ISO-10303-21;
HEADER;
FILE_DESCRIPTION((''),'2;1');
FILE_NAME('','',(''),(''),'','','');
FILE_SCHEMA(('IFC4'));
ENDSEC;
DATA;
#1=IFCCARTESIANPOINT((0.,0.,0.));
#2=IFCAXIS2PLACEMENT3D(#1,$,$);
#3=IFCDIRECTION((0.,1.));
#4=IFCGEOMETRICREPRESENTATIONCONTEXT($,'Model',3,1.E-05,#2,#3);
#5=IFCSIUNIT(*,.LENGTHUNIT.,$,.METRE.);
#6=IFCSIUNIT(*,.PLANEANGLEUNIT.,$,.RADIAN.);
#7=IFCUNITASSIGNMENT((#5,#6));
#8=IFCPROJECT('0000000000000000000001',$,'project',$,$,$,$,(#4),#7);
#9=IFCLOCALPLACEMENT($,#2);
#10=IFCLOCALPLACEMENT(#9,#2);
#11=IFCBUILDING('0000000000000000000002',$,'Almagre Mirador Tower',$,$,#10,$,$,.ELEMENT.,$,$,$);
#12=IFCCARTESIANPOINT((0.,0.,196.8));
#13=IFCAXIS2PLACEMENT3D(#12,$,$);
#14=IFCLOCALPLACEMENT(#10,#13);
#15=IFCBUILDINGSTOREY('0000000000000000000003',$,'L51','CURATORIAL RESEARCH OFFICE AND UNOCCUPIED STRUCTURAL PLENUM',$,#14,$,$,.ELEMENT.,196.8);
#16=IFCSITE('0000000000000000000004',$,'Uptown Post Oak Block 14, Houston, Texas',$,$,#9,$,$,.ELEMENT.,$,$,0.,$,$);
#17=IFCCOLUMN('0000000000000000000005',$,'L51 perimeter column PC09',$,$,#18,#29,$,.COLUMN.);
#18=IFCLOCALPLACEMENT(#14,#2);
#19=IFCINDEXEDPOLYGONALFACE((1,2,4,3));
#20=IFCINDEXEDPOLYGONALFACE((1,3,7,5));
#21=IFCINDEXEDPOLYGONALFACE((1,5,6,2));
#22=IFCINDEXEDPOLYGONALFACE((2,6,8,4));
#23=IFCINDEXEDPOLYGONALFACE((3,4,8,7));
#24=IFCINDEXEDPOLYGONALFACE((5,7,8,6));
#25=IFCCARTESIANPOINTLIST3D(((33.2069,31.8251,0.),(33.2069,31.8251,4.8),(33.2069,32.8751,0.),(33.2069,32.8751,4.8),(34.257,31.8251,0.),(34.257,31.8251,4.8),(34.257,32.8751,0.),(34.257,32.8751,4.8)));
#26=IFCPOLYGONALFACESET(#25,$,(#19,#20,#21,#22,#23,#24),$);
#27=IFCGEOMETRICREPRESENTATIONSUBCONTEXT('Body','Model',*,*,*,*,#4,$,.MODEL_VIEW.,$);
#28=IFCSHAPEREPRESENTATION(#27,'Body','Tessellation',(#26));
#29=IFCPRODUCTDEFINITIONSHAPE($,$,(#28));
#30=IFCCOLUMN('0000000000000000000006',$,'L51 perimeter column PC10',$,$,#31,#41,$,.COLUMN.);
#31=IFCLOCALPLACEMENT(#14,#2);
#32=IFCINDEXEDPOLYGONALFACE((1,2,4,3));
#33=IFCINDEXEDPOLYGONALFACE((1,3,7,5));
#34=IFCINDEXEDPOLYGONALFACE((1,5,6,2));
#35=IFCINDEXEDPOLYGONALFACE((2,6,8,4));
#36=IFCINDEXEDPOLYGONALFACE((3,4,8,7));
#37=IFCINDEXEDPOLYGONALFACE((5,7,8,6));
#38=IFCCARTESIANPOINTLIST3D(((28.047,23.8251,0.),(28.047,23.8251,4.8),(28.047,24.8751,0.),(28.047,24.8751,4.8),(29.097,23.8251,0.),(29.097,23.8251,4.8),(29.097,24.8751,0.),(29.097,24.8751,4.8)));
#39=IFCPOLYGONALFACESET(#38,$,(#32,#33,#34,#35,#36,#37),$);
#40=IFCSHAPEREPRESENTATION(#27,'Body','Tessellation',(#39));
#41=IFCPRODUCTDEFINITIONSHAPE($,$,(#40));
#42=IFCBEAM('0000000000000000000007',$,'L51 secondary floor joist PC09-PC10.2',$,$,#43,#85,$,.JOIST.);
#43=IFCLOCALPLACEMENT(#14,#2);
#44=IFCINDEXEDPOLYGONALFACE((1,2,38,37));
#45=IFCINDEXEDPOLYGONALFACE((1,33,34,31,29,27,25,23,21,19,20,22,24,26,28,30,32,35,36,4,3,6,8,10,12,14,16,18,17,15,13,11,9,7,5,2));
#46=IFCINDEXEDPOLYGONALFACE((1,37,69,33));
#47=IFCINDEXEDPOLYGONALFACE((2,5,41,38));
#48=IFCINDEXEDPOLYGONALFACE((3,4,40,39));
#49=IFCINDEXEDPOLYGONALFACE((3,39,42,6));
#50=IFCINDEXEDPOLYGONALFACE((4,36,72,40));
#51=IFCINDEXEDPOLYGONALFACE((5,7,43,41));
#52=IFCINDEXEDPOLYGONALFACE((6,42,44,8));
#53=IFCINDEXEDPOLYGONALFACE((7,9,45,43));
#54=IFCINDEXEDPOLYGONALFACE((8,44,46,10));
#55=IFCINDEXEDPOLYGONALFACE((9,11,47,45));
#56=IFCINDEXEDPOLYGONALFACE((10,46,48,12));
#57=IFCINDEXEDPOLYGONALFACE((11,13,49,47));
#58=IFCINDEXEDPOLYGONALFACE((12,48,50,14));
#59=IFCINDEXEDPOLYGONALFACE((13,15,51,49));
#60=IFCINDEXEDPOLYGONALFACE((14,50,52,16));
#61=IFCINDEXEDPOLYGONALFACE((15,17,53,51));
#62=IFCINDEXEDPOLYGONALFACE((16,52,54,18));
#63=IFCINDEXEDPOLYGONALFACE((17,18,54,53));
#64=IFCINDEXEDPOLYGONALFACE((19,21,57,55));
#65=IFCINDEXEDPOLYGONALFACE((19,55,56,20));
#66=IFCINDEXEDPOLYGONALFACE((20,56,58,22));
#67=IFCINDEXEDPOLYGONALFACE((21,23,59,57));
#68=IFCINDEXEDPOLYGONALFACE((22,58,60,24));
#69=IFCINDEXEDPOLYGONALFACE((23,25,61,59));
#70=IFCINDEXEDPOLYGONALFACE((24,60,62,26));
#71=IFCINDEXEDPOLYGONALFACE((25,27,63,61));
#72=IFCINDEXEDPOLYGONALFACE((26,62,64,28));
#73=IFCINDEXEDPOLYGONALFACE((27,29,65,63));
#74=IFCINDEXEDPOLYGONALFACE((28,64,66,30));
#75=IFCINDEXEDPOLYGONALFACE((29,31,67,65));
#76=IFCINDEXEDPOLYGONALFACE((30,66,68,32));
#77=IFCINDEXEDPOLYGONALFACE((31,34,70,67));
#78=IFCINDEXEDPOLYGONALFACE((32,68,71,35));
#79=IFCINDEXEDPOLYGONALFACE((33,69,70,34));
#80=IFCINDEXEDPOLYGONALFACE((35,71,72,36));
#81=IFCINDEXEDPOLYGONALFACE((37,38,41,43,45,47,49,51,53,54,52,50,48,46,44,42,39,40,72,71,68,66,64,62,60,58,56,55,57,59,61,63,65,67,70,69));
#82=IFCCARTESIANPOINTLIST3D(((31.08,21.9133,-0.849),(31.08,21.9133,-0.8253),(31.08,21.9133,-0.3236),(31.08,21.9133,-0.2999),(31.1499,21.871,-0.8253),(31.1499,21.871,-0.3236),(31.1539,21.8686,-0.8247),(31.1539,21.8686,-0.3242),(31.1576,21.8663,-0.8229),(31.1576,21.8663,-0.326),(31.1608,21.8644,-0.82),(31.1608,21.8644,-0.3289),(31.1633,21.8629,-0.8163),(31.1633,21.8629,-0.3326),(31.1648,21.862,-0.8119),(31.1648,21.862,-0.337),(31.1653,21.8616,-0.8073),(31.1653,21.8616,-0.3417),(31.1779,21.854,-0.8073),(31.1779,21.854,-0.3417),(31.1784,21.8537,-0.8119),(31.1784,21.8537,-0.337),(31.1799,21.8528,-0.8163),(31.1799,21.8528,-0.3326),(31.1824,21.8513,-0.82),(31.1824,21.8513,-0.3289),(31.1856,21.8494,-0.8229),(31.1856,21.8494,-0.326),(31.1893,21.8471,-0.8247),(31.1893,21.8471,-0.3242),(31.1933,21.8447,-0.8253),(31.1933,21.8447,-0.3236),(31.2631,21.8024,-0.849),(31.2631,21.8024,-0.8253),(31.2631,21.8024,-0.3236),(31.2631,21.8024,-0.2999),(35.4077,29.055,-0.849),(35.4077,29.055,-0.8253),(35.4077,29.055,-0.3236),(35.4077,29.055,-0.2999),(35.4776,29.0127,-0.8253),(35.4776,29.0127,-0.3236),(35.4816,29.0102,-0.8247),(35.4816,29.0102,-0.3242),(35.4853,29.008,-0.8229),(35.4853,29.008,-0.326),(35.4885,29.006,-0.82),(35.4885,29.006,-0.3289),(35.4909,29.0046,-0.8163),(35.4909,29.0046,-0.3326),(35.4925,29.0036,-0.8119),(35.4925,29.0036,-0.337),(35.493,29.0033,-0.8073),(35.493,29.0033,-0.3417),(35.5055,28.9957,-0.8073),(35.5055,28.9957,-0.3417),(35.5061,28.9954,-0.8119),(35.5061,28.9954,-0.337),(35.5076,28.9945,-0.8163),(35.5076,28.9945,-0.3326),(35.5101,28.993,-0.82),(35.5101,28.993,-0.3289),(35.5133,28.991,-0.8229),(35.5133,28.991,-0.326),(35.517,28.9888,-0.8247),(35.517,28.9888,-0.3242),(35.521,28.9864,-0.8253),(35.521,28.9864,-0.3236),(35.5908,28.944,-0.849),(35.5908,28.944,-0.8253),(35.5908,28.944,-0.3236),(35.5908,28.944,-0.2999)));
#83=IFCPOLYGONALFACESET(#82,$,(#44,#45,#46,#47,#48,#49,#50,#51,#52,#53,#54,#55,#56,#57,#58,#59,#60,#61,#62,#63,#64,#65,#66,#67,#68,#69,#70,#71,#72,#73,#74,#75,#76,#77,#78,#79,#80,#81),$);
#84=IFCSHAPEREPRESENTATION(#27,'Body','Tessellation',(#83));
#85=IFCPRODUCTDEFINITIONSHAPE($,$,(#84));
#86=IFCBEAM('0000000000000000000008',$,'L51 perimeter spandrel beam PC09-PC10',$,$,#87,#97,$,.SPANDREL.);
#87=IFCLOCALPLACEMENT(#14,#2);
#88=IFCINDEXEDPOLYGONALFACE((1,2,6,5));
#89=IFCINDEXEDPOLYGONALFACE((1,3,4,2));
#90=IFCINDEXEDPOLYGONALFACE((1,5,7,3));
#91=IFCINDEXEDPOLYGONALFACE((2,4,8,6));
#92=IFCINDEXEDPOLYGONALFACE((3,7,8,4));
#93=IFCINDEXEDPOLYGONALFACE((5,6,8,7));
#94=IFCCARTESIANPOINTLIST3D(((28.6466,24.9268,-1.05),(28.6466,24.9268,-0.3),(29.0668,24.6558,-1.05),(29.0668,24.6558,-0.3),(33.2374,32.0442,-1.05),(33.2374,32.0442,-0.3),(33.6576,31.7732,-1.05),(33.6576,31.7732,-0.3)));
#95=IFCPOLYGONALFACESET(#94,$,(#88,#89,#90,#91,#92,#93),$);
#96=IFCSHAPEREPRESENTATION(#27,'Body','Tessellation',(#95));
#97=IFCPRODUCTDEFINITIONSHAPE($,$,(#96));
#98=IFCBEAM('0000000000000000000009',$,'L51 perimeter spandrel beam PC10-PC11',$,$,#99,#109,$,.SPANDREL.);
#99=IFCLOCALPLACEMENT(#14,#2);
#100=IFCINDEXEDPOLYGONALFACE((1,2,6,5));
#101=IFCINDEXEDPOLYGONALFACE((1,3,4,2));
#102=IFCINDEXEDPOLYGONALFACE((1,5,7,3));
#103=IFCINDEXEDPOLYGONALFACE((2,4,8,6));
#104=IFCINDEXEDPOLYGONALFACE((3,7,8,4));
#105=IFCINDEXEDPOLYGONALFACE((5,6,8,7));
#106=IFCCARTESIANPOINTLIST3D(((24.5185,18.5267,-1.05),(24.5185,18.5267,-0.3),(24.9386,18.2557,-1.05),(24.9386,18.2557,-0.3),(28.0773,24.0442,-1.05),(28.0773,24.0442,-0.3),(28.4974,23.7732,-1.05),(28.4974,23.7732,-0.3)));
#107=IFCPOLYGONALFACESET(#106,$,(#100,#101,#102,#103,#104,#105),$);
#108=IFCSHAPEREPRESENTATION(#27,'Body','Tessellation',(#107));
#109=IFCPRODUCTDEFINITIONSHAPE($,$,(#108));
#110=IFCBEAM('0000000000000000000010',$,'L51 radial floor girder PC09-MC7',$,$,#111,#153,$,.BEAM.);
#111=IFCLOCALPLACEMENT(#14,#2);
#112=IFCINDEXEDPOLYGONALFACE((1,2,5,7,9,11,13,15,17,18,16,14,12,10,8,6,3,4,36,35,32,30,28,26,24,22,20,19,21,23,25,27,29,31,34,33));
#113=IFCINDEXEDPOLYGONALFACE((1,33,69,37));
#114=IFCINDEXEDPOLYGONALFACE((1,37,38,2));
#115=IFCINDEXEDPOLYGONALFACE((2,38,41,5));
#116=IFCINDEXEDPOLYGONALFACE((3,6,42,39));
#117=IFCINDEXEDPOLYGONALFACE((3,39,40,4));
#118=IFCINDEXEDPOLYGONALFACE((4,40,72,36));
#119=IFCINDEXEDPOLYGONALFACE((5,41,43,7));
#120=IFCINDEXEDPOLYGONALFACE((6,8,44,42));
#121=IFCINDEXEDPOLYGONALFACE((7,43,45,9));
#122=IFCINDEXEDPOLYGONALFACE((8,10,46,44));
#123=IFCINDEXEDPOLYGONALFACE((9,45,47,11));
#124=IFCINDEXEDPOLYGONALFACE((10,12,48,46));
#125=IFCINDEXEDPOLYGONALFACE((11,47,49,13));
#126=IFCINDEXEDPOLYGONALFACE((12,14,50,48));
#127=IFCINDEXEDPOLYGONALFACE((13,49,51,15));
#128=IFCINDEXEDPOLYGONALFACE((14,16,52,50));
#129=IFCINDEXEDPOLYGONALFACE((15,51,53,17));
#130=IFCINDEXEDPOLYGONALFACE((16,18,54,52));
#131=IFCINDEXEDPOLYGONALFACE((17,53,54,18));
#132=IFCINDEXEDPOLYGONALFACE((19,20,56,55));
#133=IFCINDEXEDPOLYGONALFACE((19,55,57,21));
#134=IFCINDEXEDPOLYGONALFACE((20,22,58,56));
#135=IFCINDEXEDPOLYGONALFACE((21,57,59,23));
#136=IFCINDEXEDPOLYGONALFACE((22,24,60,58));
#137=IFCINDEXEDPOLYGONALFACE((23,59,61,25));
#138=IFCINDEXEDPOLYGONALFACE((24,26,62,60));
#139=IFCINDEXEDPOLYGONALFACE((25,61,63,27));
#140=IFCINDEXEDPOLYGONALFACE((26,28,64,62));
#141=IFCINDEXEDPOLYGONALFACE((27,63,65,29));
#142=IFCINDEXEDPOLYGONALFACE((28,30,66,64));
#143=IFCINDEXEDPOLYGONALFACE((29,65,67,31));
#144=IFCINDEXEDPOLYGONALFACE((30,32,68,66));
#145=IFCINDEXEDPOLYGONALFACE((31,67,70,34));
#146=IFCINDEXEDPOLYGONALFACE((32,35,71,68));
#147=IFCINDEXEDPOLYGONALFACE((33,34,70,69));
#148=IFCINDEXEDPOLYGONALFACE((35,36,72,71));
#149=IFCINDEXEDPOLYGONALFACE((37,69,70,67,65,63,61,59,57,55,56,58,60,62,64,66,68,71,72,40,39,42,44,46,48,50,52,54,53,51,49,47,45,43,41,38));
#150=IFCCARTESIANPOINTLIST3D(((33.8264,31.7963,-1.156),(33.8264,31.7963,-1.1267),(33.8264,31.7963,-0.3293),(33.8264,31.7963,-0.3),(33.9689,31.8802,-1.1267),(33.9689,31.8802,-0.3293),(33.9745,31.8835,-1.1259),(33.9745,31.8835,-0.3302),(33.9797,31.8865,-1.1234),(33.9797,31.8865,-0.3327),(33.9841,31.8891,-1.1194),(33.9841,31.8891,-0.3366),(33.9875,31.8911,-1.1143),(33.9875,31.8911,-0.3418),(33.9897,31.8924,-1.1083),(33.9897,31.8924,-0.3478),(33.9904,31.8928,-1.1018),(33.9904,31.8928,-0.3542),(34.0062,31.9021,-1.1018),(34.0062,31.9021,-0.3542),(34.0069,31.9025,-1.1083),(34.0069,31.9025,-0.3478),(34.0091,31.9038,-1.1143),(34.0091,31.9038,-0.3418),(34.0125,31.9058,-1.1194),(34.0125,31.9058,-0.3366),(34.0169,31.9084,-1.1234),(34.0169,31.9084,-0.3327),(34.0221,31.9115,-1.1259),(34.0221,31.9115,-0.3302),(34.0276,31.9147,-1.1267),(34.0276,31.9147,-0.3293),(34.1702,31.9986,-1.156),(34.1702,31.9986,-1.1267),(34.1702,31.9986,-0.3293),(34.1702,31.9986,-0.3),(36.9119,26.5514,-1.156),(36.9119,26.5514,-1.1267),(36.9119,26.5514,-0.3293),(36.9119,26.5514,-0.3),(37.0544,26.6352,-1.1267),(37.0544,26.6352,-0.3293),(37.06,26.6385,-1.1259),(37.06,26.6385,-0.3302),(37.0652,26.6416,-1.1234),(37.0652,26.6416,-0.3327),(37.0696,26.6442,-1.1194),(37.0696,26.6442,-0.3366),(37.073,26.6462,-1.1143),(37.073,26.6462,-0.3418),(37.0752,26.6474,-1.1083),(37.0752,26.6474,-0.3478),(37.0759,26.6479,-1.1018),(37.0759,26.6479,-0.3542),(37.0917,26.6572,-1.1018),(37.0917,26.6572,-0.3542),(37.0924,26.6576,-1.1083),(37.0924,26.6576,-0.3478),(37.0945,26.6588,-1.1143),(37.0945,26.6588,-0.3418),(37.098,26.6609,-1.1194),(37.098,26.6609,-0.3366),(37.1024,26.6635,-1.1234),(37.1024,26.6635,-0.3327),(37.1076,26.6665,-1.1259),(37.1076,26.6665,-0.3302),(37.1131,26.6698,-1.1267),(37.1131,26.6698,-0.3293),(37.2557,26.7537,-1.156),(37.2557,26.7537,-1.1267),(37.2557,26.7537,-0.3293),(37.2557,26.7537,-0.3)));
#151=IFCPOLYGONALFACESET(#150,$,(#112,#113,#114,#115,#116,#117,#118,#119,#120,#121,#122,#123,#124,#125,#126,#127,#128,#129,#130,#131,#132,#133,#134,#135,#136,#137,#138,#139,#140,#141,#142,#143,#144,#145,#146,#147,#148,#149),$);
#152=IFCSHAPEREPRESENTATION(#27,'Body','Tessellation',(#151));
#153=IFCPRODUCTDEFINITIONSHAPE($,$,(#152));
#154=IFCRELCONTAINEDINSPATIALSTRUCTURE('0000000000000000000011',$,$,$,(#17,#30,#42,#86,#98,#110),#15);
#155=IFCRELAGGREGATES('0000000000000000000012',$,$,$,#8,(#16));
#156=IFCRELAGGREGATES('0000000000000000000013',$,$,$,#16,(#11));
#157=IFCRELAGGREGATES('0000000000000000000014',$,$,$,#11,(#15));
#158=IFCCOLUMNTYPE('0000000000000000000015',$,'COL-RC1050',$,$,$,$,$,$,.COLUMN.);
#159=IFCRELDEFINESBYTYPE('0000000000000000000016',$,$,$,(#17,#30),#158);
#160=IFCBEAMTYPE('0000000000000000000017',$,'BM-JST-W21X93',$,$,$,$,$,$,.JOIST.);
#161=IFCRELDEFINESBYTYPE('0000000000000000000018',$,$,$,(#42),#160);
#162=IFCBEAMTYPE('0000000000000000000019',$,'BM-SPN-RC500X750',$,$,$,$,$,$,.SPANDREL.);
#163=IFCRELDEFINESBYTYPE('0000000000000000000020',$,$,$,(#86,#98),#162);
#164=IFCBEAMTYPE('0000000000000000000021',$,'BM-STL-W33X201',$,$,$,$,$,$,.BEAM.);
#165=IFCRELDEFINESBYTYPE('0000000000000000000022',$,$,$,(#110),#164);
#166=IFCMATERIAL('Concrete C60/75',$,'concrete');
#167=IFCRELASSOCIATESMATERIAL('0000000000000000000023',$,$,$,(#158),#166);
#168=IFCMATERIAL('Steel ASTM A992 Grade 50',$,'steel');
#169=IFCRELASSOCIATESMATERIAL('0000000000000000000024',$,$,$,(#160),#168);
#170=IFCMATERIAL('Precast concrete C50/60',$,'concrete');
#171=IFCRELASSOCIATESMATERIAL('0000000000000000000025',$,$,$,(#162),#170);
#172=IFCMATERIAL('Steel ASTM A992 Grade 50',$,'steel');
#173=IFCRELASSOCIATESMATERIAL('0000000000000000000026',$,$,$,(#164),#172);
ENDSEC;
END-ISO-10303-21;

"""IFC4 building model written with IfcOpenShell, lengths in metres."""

from ifc_helpers import new_model, si_unit, direction, frame, origin, origin_2d, place, context, subcontext, project, spatial, rectangle, i_section, extrude, material, material_profile, profile_set, type_object, element, save


model = new_model("IFC4")

# Units and contexts
model_context = context("Model", 3, precision=1e-05, world=origin(), true_north=direction((0.0, 1.0)))
body_context = subcontext(model_context, "Body", "Model", "MODEL_VIEW")
ifc_project = project(units=[si_unit("LENGTHUNIT", "METRE"), si_unit("PLANEANGLEUNIT", "RADIAN")], contexts=[model_context])

# Site, building, storey
site_placement = place(None, origin())
site = spatial("IfcSite", under=ifc_project, at=site_placement, Name="Uptown Post Oak Block 14, Houston, Texas", CompositionType="ELEMENT", RefElevation=0.0)
building_placement = place(site_placement, origin())
building = spatial("IfcBuilding", under=site, at=building_placement, Name="Almagre Mirador Tower", CompositionType="ELEMENT")
storey_placement = place(building_placement, frame((0.0, 0.0, 196.8)))
storey = spatial("IfcBuildingStorey", under=building, at=storey_placement, Name="L51", Description="CURATORIAL RESEARCH OFFICE AND UNOCCUPIED STRUCTURAL PLENUM", CompositionType="ELEMENT", Elevation=196.8)

# Columns
ifc_material_1 = material(Name="Concrete C60/75", Category="concrete")
ifc_material_profile_1 = material_profile(ifc_material_1, rectangle(XDim=1.05, YDim=1.05, at=origin_2d()), Name="RC1050X1050")
ifc_profile_set_1 = profile_set([ifc_material_profile_1], Name="Concrete C60/75")
column_type = type_object("IfcColumnType", Name="COL-RC1050", PredefinedType="COLUMN", material=ifc_profile_set_1)
for number, where, z_axis, x_axis, name in (
    (1, (33.7319, 32.3501, 0.0), (0.0, 0.0, 1.0), (1.0, 0.0, 0.0), "L51 perimeter column PC09"),
    (2, (28.572, 24.3501, 0.0), (0.0, 0.0, 1.0), (1.0, 0.0, 0.0), "L51 perimeter column PC10"),
):
    element("IfcColumn", number, at=place(storey_placement, frame(where, z_axis=z_axis, x_axis=x_axis)), inside=storey, type_object=column_type, Name=name, PredefinedType="COLUMN", context=body_context, shape_type="SweptSolid", body=[
        extrude(rectangle(XDim=1.05, YDim=1.05, at=origin_2d()), origin(), (0.0, 0.0, 1.0), 4.8),
    ])

# Beams
ifc_material_2 = material(Name="Steel ASTM A992 Grade 50", Category="steel")
ifc_material_profile_2 = material_profile(ifc_material_2, i_section(OverallWidth=0.2141, OverallDepth=0.5491, WebThickness=0.0146, FlangeThickness=0.0237, FilletRadius=0.0181, at=origin_2d()), Name="W21X93")
ifc_profile_set_2 = profile_set([ifc_material_profile_2], Name="Steel ASTM A992 Grade 50")
beam_type_1 = type_object("IfcBeamType", Name="BM-JST-W21X93", PredefinedType="JOIST", material=ifc_profile_set_2)
beam_1_placement = place(storey_placement, frame((35.4993, 28.9995, -0.5745), z_axis=(-0.518249, -0.85523, 0.0), x_axis=(0.85523, -0.518249, 0.0)))
element("IfcBeam", 3, at=beam_1_placement, inside=storey, type_object=beam_type_1, Name="L51 secondary floor joist PC09-PC10.2", PredefinedType="JOIST", context=body_context, shape_type="SweptSolid", body=[
    extrude(i_section(OverallWidth=0.2141, OverallDepth=0.5491, WebThickness=0.0146, FlangeThickness=0.0237, FilletRadius=0.0181, at=origin_2d()), origin(), (0.0, 0.0, 1.0), 8.3506),
])
ifc_material_3 = material(Name="Precast concrete C50/60", Category="concrete")
ifc_material_profile_3 = material_profile(ifc_material_3, rectangle(XDim=0.5, YDim=0.75, at=origin_2d()), Name="RC500X750")
ifc_profile_set_3 = profile_set([ifc_material_profile_3], Name="Precast concrete C50/60")
beam_type_2 = type_object("IfcBeamType", Name="BM-SPN-RC500X750", PredefinedType="SPANDREL", material=ifc_profile_set_3)
beam_2_placement = place(storey_placement, frame((33.4475, 31.9087, -0.675), z_axis=(-0.542038, -0.840354, 0.0), x_axis=(0.840354, -0.542038, 0.0)))
element("IfcBeam", 4, at=beam_2_placement, inside=storey, type_object=beam_type_2, Name="L51 perimeter spandrel beam PC09-PC10", PredefinedType="SPANDREL", context=body_context, shape_type="SweptSolid", body=[
    extrude(rectangle(XDim=0.5, YDim=0.75, at=origin_2d()), origin(), (0.0, 0.0, 1.0), 8.4695),
])
beam_3_placement = place(storey_placement, frame((28.2874, 23.9087, -0.675), z_axis=(-0.542031, -0.840358, 0.0), x_axis=(0.840358, -0.542031, 0.0)))
element("IfcBeam", 5, at=beam_3_placement, inside=storey, type_object=beam_type_2, Name="L51 perimeter spandrel beam PC10-PC11", PredefinedType="SPANDREL", context=body_context, shape_type="SweptSolid", body=[
    extrude(rectangle(XDim=0.5, YDim=0.75, at=origin_2d()), origin(), (0.0, 0.0, 1.0), 6.5657),
])
ifc_material_4 = material(Name="Steel ASTM A992 Grade 50", Category="steel")
ifc_material_profile_4 = material_profile(ifc_material_4, i_section(OverallWidth=0.3989, OverallDepth=0.856, WebThickness=0.0183, FlangeThickness=0.0293, FilletRadius=0.0249, at=origin_2d()), Name="W33X201")
ifc_profile_set_4 = profile_set([ifc_material_profile_4], Name="Steel ASTM A992 Grade 50")
beam_type_3 = type_object("IfcBeamType", Name="BM-STL-W33X201", PredefinedType="BEAM", material=ifc_profile_set_4)
beam_4_placement = place(storey_placement, frame((33.9983, 31.8975, -0.728), z_axis=(0.507048, -0.861918, 0.0), x_axis=(0.861918, 0.507048, 0.0)))
element("IfcBeam", 6, at=beam_4_placement, inside=storey, type_object=beam_type_3, Name="L51 radial floor girder PC09-MC7", PredefinedType="BEAM", context=body_context, shape_type="SweptSolid", body=[
    extrude(i_section(OverallWidth=0.3989, OverallDepth=0.856, WebThickness=0.0183, FlangeThickness=0.0293, FilletRadius=0.0249, at=origin_2d()), origin(), (0.0, 0.0, 1.0), 6.0852),
])

save(model, "model.ifc")
